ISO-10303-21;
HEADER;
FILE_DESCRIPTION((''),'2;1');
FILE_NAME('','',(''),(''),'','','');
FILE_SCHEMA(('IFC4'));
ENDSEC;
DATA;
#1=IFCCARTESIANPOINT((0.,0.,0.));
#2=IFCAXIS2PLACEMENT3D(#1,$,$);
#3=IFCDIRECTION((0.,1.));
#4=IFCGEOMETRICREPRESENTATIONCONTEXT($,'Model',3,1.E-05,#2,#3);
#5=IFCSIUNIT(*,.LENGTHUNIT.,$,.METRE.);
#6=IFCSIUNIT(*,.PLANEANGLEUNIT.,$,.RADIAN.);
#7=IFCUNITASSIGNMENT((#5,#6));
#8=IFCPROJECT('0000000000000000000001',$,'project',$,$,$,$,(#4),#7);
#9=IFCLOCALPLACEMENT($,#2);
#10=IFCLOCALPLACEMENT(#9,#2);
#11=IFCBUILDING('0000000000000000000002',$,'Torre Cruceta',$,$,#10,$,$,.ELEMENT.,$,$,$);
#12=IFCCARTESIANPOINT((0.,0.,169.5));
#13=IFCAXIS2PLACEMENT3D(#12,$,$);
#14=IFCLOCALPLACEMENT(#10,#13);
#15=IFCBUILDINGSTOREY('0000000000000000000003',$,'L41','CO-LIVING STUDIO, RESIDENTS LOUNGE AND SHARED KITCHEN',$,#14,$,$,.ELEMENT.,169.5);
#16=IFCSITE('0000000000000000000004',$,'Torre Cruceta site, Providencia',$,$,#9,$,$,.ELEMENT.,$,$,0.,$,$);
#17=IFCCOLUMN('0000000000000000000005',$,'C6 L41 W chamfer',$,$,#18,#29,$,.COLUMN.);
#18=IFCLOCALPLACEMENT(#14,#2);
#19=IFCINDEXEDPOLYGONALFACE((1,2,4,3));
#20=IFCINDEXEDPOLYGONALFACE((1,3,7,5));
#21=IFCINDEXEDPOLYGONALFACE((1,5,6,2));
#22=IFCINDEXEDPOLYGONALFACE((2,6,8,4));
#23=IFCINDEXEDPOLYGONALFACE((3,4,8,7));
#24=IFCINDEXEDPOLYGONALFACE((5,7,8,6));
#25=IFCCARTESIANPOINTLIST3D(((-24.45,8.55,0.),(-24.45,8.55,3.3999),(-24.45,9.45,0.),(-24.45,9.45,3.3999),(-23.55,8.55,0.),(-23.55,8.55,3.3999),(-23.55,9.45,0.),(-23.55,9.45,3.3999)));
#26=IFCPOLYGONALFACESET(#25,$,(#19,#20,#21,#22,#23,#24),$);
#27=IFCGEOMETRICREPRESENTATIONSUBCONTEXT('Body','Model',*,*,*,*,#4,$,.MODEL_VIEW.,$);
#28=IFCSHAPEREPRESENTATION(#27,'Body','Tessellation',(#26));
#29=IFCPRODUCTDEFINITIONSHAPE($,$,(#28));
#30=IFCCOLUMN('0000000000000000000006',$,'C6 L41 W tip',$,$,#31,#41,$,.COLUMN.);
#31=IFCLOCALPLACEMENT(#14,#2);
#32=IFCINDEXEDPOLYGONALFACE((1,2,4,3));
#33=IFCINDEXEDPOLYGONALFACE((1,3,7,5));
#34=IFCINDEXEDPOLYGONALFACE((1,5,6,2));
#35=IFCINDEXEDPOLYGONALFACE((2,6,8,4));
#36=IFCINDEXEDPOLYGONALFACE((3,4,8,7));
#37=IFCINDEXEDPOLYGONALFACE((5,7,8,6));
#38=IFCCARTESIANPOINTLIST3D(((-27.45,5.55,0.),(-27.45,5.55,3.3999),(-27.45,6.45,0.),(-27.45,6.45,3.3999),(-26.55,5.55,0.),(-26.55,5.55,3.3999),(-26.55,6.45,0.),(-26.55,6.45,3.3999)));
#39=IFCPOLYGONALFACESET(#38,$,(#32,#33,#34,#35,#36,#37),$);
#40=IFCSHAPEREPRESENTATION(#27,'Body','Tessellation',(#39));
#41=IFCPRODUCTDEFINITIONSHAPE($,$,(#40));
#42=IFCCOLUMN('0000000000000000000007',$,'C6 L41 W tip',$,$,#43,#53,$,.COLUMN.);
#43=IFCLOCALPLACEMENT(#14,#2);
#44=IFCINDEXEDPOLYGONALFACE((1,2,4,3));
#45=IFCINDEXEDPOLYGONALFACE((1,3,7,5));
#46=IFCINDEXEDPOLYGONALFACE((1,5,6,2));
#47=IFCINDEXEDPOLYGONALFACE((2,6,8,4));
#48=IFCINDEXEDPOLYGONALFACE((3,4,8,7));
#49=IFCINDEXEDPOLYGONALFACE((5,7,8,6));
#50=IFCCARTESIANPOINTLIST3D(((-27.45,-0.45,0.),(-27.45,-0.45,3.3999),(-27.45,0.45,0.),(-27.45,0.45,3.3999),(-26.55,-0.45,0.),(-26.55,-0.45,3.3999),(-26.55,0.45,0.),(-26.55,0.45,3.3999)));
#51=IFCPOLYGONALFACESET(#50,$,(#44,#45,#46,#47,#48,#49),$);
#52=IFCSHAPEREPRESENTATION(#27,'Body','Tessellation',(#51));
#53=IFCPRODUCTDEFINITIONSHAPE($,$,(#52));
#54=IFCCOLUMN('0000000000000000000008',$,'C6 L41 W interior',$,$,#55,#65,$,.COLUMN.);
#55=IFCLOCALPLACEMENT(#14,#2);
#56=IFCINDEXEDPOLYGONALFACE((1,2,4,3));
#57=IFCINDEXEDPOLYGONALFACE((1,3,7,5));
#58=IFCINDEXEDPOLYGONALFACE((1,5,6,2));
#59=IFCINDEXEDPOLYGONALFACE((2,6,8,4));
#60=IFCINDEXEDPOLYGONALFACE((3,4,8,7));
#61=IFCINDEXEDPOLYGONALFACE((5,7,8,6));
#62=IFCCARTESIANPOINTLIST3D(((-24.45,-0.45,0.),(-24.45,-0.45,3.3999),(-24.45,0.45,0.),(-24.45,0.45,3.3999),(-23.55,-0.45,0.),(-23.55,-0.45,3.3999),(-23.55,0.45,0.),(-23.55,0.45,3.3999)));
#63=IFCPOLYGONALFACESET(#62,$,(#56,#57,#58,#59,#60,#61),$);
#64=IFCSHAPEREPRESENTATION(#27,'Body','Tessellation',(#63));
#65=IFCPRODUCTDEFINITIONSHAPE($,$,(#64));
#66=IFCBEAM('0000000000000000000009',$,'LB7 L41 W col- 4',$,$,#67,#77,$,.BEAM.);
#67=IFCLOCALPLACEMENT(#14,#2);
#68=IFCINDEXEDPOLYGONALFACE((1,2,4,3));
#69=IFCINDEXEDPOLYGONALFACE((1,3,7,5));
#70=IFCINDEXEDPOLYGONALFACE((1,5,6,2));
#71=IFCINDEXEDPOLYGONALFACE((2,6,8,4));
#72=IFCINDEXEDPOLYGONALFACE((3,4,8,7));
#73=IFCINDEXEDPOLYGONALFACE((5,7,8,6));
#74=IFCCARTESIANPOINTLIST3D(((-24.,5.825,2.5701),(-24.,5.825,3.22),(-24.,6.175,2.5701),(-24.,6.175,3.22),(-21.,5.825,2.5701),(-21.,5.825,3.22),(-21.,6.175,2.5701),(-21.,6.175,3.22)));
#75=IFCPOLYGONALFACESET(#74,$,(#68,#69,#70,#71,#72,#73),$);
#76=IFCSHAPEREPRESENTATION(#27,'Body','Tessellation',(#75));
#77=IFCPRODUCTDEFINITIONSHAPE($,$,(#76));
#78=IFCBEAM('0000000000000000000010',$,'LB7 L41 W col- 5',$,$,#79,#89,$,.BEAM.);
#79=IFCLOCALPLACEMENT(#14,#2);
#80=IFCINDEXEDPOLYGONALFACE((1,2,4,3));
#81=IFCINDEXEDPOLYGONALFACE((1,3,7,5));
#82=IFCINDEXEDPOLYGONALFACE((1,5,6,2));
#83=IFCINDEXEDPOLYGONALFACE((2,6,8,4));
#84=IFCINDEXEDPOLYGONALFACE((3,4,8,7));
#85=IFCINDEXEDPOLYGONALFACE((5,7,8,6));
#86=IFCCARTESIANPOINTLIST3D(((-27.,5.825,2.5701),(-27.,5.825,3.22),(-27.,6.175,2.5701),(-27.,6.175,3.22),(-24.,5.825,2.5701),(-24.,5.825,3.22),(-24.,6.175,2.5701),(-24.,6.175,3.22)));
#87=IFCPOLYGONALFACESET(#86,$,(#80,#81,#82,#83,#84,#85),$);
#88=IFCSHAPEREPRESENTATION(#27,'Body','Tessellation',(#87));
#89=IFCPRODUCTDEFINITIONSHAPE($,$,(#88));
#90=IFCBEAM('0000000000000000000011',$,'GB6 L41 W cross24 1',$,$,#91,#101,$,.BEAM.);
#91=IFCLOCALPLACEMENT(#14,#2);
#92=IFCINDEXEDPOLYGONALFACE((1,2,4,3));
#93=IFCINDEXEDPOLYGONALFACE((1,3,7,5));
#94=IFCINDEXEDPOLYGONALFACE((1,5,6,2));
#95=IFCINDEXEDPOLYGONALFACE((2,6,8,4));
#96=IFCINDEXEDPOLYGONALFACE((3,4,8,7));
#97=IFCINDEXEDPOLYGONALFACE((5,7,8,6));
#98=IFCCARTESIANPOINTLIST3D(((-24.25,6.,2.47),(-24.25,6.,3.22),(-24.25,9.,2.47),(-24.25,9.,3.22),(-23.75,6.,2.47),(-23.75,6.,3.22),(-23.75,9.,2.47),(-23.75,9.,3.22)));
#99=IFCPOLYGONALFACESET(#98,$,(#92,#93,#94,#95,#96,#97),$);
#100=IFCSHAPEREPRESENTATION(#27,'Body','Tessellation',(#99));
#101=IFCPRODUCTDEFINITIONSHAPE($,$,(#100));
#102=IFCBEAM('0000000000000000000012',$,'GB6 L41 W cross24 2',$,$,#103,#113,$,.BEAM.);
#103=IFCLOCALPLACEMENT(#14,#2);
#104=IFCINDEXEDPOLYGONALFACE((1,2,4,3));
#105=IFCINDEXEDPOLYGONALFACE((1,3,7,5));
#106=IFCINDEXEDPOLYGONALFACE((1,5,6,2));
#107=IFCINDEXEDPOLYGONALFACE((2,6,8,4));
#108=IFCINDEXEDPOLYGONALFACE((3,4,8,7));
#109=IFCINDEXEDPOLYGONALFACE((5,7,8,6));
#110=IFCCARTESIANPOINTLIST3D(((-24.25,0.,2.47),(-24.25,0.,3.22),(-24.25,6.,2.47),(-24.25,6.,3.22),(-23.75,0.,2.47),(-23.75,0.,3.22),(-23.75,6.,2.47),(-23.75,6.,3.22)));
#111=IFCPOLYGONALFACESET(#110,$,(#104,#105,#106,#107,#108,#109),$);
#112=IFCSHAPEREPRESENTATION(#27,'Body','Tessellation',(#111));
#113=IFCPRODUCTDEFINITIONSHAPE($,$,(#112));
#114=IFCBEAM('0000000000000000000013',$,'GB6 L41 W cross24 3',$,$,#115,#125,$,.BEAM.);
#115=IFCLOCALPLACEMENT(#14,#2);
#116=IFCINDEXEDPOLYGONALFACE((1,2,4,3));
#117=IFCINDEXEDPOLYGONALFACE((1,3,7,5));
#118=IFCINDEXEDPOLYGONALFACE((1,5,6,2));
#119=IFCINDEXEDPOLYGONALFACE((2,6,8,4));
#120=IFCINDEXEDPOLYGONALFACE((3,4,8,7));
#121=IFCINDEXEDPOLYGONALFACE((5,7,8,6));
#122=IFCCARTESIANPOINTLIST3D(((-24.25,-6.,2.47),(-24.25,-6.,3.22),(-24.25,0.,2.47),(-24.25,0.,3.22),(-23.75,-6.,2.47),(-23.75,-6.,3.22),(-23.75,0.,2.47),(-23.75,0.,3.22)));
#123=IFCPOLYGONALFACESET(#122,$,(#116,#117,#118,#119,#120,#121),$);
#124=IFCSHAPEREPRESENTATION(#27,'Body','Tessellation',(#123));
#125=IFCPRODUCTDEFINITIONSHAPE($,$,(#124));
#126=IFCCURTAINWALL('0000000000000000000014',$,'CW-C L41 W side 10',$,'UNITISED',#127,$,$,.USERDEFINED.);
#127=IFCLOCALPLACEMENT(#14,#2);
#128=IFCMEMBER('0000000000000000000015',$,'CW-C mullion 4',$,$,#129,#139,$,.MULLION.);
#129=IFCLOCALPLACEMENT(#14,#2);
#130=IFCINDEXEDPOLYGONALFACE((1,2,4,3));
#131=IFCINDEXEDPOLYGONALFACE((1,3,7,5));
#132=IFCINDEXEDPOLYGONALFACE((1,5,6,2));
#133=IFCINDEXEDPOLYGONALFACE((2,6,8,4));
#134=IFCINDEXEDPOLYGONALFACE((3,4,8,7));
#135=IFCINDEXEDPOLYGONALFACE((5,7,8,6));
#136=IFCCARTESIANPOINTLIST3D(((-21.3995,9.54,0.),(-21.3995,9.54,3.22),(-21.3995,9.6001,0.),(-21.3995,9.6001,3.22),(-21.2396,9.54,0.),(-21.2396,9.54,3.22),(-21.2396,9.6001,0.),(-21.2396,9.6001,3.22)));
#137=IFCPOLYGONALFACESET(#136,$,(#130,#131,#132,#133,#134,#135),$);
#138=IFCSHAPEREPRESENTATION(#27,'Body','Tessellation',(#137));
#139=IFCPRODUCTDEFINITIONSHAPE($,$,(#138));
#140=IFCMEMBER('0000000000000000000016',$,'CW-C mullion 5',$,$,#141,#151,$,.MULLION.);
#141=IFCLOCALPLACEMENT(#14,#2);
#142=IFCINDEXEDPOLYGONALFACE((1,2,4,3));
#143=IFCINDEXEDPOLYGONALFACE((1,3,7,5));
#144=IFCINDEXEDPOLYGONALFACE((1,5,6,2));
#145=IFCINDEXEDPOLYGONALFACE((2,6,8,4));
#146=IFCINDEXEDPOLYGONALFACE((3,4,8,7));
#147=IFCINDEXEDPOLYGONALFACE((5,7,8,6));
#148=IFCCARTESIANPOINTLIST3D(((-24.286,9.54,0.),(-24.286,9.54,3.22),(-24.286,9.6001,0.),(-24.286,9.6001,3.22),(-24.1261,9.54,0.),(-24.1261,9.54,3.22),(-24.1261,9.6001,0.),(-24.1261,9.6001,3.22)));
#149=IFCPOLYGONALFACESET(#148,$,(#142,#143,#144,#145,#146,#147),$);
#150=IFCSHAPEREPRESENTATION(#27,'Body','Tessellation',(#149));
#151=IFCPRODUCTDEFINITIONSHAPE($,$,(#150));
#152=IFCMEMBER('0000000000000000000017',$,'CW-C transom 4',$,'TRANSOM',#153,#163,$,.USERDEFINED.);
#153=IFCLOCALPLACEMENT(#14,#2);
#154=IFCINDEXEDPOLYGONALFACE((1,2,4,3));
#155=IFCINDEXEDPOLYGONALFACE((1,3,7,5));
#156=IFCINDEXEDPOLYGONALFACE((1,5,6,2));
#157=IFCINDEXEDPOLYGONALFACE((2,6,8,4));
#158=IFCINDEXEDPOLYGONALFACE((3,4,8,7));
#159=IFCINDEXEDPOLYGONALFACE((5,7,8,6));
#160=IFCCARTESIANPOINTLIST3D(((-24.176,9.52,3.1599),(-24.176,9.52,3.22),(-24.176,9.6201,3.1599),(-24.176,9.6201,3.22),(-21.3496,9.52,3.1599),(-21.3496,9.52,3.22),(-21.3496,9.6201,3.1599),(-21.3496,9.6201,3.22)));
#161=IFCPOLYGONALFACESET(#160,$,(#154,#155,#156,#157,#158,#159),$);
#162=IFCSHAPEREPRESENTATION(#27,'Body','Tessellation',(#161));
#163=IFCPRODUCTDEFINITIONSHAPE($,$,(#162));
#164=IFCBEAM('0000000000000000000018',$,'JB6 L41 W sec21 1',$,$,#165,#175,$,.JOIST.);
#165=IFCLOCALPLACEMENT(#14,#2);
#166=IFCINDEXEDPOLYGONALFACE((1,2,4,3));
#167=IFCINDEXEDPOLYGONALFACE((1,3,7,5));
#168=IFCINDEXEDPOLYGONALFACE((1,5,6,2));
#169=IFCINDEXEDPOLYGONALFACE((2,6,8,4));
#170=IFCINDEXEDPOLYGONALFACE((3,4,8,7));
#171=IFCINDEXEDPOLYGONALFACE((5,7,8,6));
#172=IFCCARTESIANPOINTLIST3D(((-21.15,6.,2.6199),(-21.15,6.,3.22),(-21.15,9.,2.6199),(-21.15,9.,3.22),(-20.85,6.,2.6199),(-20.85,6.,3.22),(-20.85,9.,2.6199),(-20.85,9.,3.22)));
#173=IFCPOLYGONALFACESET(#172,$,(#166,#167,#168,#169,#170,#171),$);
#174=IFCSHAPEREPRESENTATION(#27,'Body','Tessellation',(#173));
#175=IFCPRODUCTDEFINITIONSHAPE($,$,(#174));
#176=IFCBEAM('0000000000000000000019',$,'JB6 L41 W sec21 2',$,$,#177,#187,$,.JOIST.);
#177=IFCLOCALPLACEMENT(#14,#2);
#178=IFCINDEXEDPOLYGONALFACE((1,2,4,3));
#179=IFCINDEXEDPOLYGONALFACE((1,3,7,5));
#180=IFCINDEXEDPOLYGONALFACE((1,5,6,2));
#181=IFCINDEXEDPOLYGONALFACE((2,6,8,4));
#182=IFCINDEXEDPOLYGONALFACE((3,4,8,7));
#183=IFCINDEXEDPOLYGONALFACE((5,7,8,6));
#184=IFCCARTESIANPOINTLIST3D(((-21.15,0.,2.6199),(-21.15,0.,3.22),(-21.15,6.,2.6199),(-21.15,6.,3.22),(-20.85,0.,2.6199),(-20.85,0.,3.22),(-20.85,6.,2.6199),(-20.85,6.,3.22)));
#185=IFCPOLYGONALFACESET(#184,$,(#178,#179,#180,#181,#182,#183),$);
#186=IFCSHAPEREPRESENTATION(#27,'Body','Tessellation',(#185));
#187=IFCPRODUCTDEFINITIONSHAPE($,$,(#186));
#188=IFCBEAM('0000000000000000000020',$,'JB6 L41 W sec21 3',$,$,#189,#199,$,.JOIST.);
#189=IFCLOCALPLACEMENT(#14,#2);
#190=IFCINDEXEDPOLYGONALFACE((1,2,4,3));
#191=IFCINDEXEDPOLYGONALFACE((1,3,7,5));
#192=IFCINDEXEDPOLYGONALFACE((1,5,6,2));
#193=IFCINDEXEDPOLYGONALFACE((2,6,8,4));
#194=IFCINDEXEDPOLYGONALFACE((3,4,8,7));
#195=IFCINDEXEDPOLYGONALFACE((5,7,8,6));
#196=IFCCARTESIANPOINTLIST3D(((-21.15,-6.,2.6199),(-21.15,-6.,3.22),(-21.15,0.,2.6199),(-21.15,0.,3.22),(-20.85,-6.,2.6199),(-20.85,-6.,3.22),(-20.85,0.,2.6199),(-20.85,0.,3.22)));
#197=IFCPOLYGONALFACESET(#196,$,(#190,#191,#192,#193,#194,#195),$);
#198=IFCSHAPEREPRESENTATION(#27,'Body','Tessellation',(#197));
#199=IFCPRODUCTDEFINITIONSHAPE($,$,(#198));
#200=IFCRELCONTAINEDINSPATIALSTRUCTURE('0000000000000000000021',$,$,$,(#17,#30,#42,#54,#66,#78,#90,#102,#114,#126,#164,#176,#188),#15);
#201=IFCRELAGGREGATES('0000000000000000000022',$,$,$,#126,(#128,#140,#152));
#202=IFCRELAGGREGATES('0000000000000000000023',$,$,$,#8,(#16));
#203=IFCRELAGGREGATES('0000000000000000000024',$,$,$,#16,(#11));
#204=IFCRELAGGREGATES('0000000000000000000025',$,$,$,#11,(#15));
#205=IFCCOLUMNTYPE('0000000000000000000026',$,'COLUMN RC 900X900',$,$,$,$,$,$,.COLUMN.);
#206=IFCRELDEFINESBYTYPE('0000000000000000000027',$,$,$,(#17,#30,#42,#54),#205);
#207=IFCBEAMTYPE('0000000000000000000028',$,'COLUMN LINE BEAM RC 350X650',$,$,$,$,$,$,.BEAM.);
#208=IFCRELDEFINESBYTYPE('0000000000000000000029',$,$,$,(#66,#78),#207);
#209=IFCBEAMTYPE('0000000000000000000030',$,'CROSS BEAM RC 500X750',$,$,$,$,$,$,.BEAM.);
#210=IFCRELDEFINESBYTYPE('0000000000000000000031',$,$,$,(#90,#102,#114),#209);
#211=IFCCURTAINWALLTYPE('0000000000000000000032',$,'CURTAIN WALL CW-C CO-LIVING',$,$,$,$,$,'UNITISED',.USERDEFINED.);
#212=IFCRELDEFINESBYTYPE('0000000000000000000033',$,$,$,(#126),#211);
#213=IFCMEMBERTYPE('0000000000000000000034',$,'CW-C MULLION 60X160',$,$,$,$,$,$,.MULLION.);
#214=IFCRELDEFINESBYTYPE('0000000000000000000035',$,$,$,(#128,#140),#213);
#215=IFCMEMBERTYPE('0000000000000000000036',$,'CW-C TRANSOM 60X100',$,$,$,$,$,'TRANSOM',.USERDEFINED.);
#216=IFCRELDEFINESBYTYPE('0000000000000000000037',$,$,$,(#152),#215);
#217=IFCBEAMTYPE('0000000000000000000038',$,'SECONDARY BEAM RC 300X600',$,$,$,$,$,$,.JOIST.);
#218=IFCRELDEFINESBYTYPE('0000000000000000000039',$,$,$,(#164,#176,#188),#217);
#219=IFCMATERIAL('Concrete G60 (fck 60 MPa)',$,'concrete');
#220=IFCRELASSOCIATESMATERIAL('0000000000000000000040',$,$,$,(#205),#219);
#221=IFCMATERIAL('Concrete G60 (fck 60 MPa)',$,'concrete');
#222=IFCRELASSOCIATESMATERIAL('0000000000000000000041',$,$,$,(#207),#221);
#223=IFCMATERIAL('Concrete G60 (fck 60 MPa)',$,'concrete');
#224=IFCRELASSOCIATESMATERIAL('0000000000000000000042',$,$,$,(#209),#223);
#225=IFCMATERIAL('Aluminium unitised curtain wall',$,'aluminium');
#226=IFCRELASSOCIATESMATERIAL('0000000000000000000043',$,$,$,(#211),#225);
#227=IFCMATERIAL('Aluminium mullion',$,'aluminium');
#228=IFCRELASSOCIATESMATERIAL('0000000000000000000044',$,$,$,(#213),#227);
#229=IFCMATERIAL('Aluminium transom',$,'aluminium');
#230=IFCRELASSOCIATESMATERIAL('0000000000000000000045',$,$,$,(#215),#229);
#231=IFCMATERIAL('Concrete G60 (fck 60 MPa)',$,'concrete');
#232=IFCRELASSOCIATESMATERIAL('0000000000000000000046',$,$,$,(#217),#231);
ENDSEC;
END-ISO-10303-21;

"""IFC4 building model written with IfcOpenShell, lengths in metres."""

from ifc_helpers import new_model, si_unit, direction, frame, origin, origin_2d, place, context, subcontext, project, spatial, rectangle, extrude, material, material_profile, profile_set, type_object, element, aggregate, save


model = new_model("IFC4")

# Units and contexts
model_context = context("Model", 3, precision=1e-05, world=origin(), true_north=direction((0.0, 1.0)))
body_context = subcontext(model_context, "Body", "Model", "MODEL_VIEW")
ifc_project = project(units=[si_unit("LENGTHUNIT", "METRE"), si_unit("PLANEANGLEUNIT", "RADIAN")], contexts=[model_context])

# Site, building, storey
site_placement = place(None, origin())
site = spatial("IfcSite", under=ifc_project, at=site_placement, Name="Torre Cruceta site, Providencia", CompositionType="ELEMENT", RefElevation=0.0)
building_placement = place(site_placement, origin())
building = spatial("IfcBuilding", under=site, at=building_placement, Name="Torre Cruceta", CompositionType="ELEMENT")
storey_placement = place(building_placement, frame((0.0, 0.0, 169.5)))
storey = spatial("IfcBuildingStorey", under=building, at=storey_placement, Name="L41", Description="CO-LIVING STUDIO, RESIDENTS LOUNGE AND SHARED KITCHEN", CompositionType="ELEMENT", Elevation=169.5)

# Columns
ifc_material_1 = material(Name="Concrete G60 (fck 60 MPa)", Category="concrete")
ifc_material_profile_1 = material_profile(ifc_material_1, rectangle(XDim=0.8999, YDim=0.8999, at=origin_2d()), Name="RC 900X900")
ifc_profile_set_1 = profile_set([ifc_material_profile_1], Name="Concrete G60 (fck 60 MPa)")
column_type = type_object("IfcColumnType", Name="COLUMN RC 900X900", PredefinedType="COLUMN", material=ifc_profile_set_1)
for number, where, z_axis, x_axis, name in (
    (1, (-24.0, 9.0, 0.0), (0.0, 0.0, 1.0), (1.0, 0.0, 0.0), "C6 L41 W chamfer"),
    (2, (-27.0, 6.0, 0.0), (0.0, 0.0, 1.0), (1.0, 0.0, 0.0), "C6 L41 W tip"),
    (3, (-27.0, 0.0, 0.0), (0.0, 0.0, 1.0), (1.0, 0.0, 0.0), "C6 L41 W tip"),
    (4, (-24.0, 0.0, 0.0), (0.0, 0.0, 1.0), (1.0, 0.0, 0.0), "C6 L41 W interior"),
):
    element("IfcColumn", number, at=place(storey_placement, frame(where, z_axis=z_axis, x_axis=x_axis)), inside=storey, type_object=column_type, Name=name, PredefinedType="COLUMN", context=body_context, shape_type="SweptSolid", body=[
        extrude(rectangle(XDim=0.8999, YDim=0.8999, at=origin_2d()), origin(), (0.0, 0.0, 1.0), 3.3999),
    ])

# Beams
ifc_material_2 = material(Name="Concrete G60 (fck 60 MPa)", Category="concrete")
ifc_material_profile_2 = material_profile(ifc_material_2, rectangle(XDim=0.3501, YDim=0.6499, at=origin_2d()), Name="RC 350X650")
ifc_profile_set_2 = profile_set([ifc_material_profile_2], Name="Concrete G60 (fck 60 MPa)")
beam_type_1 = type_object("IfcBeamType", Name="COLUMN LINE BEAM RC 350X650", PredefinedType="BEAM", material=ifc_profile_set_2)
for number, where, z_axis, x_axis, name in (
    (5, (-21.0, 6.0, 2.895), (-1.0, 0.0, 0.0), (0.0, -1.0, 0.0), "LB7 L41 W col- 4"),
    (6, (-24.0, 6.0, 2.895), (-1.0, 0.0, 0.0), (0.0, -1.0, 0.0), "LB7 L41 W col- 5"),
):
    element("IfcBeam", number, at=place(storey_placement, frame(where, z_axis=z_axis, x_axis=x_axis)), inside=storey, type_object=beam_type_1, Name=name, PredefinedType="BEAM", context=body_context, shape_type="SweptSolid", body=[
        extrude(rectangle(XDim=0.3501, YDim=0.6499, at=origin_2d()), origin(), (0.0, 0.0, 1.0), 3.0),
    ])
ifc_material_3 = material(Name="Concrete G60 (fck 60 MPa)", Category="concrete")
ifc_material_profile_3 = material_profile(ifc_material_3, rectangle(XDim=0.5, YDim=0.75, at=origin_2d()), Name="RC 500X750")
ifc_profile_set_3 = profile_set([ifc_material_profile_3], Name="Concrete G60 (fck 60 MPa)")
beam_type_2 = type_object("IfcBeamType", Name="CROSS BEAM RC 500X750", PredefinedType="BEAM", material=ifc_profile_set_3)
beam_1_placement = place(storey_placement, frame((-24.0, 9.0, 2.845), z_axis=(0.0, -1.0, 0.0), x_axis=(1.0, 0.0, 0.0)))
element("IfcBeam", 7, at=beam_1_placement, inside=storey, type_object=beam_type_2, Name="GB6 L41 W cross24 1", PredefinedType="BEAM", context=body_context, shape_type="SweptSolid", body=[
    extrude(rectangle(XDim=0.5, YDim=0.75, at=origin_2d()), origin(), (0.0, 0.0, 1.0), 3.0),
])
for number, where, z_axis, x_axis, name in (
    (8, (-24.0, 6.0, 2.845), (0.0, -1.0, 0.0), (1.0, 0.0, 0.0), "GB6 L41 W cross24 2"),
    (9, (-24.0, 0.0, 2.845), (0.0, -1.0, 0.0), (1.0, 0.0, 0.0), "GB6 L41 W cross24 3"),
):
    element("IfcBeam", number, at=place(storey_placement, frame(where, z_axis=z_axis, x_axis=x_axis)), inside=storey, type_object=beam_type_2, Name=name, PredefinedType="BEAM", context=body_context, shape_type="SweptSolid", body=[
        extrude(rectangle(XDim=0.5, YDim=0.75, at=origin_2d()), origin(), (0.0, 0.0, 1.0), 6.0),
    ])

# Curtain wall, members
ifc_material_4 = material(Name="Aluminium unitised curtain wall", Category="aluminium")
curtain_wall_type = type_object("IfcCurtainWallType", Name="CURTAIN WALL CW-C CO-LIVING", ElementType="UNITISED", PredefinedType="USERDEFINED", material=ifc_material_4)
curtain_wall_placement = place(storey_placement, origin())
curtain_wall = element("IfcCurtainWall", 10, at=curtain_wall_placement, inside=storey, type_object=curtain_wall_type, Name="CW-C L41 W side 10", ObjectType="UNITISED", PredefinedType="USERDEFINED")
ifc_material_5 = material(Name="Aluminium mullion", Category="aluminium")
ifc_material_profile_4 = material_profile(ifc_material_5, rectangle(XDim=0.0601, YDim=0.1599, at=origin_2d()), Name="AL 60X160")
ifc_profile_set_4 = profile_set([ifc_material_profile_4], Name="Aluminium mullion")
member_type_1 = type_object("IfcMemberType", Name="CW-C MULLION 60X160", PredefinedType="MULLION", material=ifc_profile_set_4)
member_1_placement = place(storey_placement, frame((-21.3196, 9.5701, 0.0), z_axis=(0.0, 0.0, 1.0), x_axis=(0.0, -1.0, 0.0)))
member_1 = element("IfcMember", 11, at=member_1_placement, type_object=member_type_1, Name="CW-C mullion 4", PredefinedType="MULLION", context=body_context, shape_type="SweptSolid", body=[
    extrude(rectangle(XDim=0.0601, YDim=0.1599, at=origin_2d()), origin(), (0.0, 0.0, 1.0), 3.22),
])
member_2_placement = place(storey_placement, frame((-24.2061, 9.5701, 0.0), z_axis=(0.0, 0.0, 1.0), x_axis=(0.0, -1.0, 0.0)))
member_2 = element("IfcMember", 12, at=member_2_placement, type_object=member_type_1, Name="CW-C mullion 5", PredefinedType="MULLION", context=body_context, shape_type="SweptSolid", body=[
    extrude(rectangle(XDim=0.0601, YDim=0.1599, at=origin_2d()), origin(), (0.0, 0.0, 1.0), 3.22),
])
ifc_material_6 = material(Name="Aluminium transom", Category="aluminium")
ifc_material_profile_5 = material_profile(ifc_material_6, rectangle(XDim=0.1001, YDim=0.0601, at=origin_2d()), Name="AL 100X60")
ifc_profile_set_5 = profile_set([ifc_material_profile_5], Name="Aluminium transom")
member_type_2 = type_object("IfcMemberType", Name="CW-C TRANSOM 60X100", ElementType="TRANSOM", PredefinedType="USERDEFINED", material=ifc_profile_set_5)
member_3_placement = place(storey_placement, frame((-21.3496, 9.5701, 3.1899), z_axis=(-1.0, 0.0, 0.0), x_axis=(0.0, -1.0, 0.0)))
member_3 = element("IfcMember", 13, at=member_3_placement, type_object=member_type_2, Name="CW-C transom 4", ObjectType="TRANSOM", PredefinedType="USERDEFINED", context=body_context, shape_type="SweptSolid", body=[
    extrude(rectangle(XDim=0.1001, YDim=0.0601, at=origin_2d()), origin(), (0.0, 0.0, 1.0), 2.8264),
])

# Beams
ifc_material_7 = material(Name="Concrete G60 (fck 60 MPa)", Category="concrete")
ifc_material_profile_6 = material_profile(ifc_material_7, rectangle(XDim=0.3, YDim=0.6001, at=origin_2d()), Name="RC 300X600")
ifc_profile_set_6 = profile_set([ifc_material_profile_6], Name="Concrete G60 (fck 60 MPa)")
beam_type_3 = type_object("IfcBeamType", Name="SECONDARY BEAM RC 300X600", PredefinedType="JOIST", material=ifc_profile_set_6)
beam_2_placement = place(storey_placement, frame((-21.0, 9.0, 2.9199), z_axis=(0.0, -1.0, 0.0), x_axis=(1.0, 0.0, 0.0)))
element("IfcBeam", 14, at=beam_2_placement, inside=storey, type_object=beam_type_3, Name="JB6 L41 W sec21 1", PredefinedType="JOIST", context=body_context, shape_type="SweptSolid", body=[
    extrude(rectangle(XDim=0.3, YDim=0.6001, at=origin_2d()), origin(), (0.0, 0.0, 1.0), 3.0),
])
for number, where, z_axis, x_axis, name in (
    (15, (-21.0, 6.0, 2.9199), (0.0, -1.0, 0.0), (1.0, 0.0, 0.0), "JB6 L41 W sec21 2"),
    (16, (-21.0, 0.0, 2.9199), (0.0, -1.0, 0.0), (1.0, 0.0, 0.0), "JB6 L41 W sec21 3"),
):
    element("IfcBeam", number, at=place(storey_placement, frame(where, z_axis=z_axis, x_axis=x_axis)), inside=storey, type_object=beam_type_3, Name=name, PredefinedType="JOIST", context=body_context, shape_type="SweptSolid", body=[
        extrude(rectangle(XDim=0.3, YDim=0.6001, at=origin_2d()), origin(), (0.0, 0.0, 1.0), 6.0),
    ])

aggregate(curtain_wall, [member_1, member_2, member_3])

save(model, "model.ifc")
